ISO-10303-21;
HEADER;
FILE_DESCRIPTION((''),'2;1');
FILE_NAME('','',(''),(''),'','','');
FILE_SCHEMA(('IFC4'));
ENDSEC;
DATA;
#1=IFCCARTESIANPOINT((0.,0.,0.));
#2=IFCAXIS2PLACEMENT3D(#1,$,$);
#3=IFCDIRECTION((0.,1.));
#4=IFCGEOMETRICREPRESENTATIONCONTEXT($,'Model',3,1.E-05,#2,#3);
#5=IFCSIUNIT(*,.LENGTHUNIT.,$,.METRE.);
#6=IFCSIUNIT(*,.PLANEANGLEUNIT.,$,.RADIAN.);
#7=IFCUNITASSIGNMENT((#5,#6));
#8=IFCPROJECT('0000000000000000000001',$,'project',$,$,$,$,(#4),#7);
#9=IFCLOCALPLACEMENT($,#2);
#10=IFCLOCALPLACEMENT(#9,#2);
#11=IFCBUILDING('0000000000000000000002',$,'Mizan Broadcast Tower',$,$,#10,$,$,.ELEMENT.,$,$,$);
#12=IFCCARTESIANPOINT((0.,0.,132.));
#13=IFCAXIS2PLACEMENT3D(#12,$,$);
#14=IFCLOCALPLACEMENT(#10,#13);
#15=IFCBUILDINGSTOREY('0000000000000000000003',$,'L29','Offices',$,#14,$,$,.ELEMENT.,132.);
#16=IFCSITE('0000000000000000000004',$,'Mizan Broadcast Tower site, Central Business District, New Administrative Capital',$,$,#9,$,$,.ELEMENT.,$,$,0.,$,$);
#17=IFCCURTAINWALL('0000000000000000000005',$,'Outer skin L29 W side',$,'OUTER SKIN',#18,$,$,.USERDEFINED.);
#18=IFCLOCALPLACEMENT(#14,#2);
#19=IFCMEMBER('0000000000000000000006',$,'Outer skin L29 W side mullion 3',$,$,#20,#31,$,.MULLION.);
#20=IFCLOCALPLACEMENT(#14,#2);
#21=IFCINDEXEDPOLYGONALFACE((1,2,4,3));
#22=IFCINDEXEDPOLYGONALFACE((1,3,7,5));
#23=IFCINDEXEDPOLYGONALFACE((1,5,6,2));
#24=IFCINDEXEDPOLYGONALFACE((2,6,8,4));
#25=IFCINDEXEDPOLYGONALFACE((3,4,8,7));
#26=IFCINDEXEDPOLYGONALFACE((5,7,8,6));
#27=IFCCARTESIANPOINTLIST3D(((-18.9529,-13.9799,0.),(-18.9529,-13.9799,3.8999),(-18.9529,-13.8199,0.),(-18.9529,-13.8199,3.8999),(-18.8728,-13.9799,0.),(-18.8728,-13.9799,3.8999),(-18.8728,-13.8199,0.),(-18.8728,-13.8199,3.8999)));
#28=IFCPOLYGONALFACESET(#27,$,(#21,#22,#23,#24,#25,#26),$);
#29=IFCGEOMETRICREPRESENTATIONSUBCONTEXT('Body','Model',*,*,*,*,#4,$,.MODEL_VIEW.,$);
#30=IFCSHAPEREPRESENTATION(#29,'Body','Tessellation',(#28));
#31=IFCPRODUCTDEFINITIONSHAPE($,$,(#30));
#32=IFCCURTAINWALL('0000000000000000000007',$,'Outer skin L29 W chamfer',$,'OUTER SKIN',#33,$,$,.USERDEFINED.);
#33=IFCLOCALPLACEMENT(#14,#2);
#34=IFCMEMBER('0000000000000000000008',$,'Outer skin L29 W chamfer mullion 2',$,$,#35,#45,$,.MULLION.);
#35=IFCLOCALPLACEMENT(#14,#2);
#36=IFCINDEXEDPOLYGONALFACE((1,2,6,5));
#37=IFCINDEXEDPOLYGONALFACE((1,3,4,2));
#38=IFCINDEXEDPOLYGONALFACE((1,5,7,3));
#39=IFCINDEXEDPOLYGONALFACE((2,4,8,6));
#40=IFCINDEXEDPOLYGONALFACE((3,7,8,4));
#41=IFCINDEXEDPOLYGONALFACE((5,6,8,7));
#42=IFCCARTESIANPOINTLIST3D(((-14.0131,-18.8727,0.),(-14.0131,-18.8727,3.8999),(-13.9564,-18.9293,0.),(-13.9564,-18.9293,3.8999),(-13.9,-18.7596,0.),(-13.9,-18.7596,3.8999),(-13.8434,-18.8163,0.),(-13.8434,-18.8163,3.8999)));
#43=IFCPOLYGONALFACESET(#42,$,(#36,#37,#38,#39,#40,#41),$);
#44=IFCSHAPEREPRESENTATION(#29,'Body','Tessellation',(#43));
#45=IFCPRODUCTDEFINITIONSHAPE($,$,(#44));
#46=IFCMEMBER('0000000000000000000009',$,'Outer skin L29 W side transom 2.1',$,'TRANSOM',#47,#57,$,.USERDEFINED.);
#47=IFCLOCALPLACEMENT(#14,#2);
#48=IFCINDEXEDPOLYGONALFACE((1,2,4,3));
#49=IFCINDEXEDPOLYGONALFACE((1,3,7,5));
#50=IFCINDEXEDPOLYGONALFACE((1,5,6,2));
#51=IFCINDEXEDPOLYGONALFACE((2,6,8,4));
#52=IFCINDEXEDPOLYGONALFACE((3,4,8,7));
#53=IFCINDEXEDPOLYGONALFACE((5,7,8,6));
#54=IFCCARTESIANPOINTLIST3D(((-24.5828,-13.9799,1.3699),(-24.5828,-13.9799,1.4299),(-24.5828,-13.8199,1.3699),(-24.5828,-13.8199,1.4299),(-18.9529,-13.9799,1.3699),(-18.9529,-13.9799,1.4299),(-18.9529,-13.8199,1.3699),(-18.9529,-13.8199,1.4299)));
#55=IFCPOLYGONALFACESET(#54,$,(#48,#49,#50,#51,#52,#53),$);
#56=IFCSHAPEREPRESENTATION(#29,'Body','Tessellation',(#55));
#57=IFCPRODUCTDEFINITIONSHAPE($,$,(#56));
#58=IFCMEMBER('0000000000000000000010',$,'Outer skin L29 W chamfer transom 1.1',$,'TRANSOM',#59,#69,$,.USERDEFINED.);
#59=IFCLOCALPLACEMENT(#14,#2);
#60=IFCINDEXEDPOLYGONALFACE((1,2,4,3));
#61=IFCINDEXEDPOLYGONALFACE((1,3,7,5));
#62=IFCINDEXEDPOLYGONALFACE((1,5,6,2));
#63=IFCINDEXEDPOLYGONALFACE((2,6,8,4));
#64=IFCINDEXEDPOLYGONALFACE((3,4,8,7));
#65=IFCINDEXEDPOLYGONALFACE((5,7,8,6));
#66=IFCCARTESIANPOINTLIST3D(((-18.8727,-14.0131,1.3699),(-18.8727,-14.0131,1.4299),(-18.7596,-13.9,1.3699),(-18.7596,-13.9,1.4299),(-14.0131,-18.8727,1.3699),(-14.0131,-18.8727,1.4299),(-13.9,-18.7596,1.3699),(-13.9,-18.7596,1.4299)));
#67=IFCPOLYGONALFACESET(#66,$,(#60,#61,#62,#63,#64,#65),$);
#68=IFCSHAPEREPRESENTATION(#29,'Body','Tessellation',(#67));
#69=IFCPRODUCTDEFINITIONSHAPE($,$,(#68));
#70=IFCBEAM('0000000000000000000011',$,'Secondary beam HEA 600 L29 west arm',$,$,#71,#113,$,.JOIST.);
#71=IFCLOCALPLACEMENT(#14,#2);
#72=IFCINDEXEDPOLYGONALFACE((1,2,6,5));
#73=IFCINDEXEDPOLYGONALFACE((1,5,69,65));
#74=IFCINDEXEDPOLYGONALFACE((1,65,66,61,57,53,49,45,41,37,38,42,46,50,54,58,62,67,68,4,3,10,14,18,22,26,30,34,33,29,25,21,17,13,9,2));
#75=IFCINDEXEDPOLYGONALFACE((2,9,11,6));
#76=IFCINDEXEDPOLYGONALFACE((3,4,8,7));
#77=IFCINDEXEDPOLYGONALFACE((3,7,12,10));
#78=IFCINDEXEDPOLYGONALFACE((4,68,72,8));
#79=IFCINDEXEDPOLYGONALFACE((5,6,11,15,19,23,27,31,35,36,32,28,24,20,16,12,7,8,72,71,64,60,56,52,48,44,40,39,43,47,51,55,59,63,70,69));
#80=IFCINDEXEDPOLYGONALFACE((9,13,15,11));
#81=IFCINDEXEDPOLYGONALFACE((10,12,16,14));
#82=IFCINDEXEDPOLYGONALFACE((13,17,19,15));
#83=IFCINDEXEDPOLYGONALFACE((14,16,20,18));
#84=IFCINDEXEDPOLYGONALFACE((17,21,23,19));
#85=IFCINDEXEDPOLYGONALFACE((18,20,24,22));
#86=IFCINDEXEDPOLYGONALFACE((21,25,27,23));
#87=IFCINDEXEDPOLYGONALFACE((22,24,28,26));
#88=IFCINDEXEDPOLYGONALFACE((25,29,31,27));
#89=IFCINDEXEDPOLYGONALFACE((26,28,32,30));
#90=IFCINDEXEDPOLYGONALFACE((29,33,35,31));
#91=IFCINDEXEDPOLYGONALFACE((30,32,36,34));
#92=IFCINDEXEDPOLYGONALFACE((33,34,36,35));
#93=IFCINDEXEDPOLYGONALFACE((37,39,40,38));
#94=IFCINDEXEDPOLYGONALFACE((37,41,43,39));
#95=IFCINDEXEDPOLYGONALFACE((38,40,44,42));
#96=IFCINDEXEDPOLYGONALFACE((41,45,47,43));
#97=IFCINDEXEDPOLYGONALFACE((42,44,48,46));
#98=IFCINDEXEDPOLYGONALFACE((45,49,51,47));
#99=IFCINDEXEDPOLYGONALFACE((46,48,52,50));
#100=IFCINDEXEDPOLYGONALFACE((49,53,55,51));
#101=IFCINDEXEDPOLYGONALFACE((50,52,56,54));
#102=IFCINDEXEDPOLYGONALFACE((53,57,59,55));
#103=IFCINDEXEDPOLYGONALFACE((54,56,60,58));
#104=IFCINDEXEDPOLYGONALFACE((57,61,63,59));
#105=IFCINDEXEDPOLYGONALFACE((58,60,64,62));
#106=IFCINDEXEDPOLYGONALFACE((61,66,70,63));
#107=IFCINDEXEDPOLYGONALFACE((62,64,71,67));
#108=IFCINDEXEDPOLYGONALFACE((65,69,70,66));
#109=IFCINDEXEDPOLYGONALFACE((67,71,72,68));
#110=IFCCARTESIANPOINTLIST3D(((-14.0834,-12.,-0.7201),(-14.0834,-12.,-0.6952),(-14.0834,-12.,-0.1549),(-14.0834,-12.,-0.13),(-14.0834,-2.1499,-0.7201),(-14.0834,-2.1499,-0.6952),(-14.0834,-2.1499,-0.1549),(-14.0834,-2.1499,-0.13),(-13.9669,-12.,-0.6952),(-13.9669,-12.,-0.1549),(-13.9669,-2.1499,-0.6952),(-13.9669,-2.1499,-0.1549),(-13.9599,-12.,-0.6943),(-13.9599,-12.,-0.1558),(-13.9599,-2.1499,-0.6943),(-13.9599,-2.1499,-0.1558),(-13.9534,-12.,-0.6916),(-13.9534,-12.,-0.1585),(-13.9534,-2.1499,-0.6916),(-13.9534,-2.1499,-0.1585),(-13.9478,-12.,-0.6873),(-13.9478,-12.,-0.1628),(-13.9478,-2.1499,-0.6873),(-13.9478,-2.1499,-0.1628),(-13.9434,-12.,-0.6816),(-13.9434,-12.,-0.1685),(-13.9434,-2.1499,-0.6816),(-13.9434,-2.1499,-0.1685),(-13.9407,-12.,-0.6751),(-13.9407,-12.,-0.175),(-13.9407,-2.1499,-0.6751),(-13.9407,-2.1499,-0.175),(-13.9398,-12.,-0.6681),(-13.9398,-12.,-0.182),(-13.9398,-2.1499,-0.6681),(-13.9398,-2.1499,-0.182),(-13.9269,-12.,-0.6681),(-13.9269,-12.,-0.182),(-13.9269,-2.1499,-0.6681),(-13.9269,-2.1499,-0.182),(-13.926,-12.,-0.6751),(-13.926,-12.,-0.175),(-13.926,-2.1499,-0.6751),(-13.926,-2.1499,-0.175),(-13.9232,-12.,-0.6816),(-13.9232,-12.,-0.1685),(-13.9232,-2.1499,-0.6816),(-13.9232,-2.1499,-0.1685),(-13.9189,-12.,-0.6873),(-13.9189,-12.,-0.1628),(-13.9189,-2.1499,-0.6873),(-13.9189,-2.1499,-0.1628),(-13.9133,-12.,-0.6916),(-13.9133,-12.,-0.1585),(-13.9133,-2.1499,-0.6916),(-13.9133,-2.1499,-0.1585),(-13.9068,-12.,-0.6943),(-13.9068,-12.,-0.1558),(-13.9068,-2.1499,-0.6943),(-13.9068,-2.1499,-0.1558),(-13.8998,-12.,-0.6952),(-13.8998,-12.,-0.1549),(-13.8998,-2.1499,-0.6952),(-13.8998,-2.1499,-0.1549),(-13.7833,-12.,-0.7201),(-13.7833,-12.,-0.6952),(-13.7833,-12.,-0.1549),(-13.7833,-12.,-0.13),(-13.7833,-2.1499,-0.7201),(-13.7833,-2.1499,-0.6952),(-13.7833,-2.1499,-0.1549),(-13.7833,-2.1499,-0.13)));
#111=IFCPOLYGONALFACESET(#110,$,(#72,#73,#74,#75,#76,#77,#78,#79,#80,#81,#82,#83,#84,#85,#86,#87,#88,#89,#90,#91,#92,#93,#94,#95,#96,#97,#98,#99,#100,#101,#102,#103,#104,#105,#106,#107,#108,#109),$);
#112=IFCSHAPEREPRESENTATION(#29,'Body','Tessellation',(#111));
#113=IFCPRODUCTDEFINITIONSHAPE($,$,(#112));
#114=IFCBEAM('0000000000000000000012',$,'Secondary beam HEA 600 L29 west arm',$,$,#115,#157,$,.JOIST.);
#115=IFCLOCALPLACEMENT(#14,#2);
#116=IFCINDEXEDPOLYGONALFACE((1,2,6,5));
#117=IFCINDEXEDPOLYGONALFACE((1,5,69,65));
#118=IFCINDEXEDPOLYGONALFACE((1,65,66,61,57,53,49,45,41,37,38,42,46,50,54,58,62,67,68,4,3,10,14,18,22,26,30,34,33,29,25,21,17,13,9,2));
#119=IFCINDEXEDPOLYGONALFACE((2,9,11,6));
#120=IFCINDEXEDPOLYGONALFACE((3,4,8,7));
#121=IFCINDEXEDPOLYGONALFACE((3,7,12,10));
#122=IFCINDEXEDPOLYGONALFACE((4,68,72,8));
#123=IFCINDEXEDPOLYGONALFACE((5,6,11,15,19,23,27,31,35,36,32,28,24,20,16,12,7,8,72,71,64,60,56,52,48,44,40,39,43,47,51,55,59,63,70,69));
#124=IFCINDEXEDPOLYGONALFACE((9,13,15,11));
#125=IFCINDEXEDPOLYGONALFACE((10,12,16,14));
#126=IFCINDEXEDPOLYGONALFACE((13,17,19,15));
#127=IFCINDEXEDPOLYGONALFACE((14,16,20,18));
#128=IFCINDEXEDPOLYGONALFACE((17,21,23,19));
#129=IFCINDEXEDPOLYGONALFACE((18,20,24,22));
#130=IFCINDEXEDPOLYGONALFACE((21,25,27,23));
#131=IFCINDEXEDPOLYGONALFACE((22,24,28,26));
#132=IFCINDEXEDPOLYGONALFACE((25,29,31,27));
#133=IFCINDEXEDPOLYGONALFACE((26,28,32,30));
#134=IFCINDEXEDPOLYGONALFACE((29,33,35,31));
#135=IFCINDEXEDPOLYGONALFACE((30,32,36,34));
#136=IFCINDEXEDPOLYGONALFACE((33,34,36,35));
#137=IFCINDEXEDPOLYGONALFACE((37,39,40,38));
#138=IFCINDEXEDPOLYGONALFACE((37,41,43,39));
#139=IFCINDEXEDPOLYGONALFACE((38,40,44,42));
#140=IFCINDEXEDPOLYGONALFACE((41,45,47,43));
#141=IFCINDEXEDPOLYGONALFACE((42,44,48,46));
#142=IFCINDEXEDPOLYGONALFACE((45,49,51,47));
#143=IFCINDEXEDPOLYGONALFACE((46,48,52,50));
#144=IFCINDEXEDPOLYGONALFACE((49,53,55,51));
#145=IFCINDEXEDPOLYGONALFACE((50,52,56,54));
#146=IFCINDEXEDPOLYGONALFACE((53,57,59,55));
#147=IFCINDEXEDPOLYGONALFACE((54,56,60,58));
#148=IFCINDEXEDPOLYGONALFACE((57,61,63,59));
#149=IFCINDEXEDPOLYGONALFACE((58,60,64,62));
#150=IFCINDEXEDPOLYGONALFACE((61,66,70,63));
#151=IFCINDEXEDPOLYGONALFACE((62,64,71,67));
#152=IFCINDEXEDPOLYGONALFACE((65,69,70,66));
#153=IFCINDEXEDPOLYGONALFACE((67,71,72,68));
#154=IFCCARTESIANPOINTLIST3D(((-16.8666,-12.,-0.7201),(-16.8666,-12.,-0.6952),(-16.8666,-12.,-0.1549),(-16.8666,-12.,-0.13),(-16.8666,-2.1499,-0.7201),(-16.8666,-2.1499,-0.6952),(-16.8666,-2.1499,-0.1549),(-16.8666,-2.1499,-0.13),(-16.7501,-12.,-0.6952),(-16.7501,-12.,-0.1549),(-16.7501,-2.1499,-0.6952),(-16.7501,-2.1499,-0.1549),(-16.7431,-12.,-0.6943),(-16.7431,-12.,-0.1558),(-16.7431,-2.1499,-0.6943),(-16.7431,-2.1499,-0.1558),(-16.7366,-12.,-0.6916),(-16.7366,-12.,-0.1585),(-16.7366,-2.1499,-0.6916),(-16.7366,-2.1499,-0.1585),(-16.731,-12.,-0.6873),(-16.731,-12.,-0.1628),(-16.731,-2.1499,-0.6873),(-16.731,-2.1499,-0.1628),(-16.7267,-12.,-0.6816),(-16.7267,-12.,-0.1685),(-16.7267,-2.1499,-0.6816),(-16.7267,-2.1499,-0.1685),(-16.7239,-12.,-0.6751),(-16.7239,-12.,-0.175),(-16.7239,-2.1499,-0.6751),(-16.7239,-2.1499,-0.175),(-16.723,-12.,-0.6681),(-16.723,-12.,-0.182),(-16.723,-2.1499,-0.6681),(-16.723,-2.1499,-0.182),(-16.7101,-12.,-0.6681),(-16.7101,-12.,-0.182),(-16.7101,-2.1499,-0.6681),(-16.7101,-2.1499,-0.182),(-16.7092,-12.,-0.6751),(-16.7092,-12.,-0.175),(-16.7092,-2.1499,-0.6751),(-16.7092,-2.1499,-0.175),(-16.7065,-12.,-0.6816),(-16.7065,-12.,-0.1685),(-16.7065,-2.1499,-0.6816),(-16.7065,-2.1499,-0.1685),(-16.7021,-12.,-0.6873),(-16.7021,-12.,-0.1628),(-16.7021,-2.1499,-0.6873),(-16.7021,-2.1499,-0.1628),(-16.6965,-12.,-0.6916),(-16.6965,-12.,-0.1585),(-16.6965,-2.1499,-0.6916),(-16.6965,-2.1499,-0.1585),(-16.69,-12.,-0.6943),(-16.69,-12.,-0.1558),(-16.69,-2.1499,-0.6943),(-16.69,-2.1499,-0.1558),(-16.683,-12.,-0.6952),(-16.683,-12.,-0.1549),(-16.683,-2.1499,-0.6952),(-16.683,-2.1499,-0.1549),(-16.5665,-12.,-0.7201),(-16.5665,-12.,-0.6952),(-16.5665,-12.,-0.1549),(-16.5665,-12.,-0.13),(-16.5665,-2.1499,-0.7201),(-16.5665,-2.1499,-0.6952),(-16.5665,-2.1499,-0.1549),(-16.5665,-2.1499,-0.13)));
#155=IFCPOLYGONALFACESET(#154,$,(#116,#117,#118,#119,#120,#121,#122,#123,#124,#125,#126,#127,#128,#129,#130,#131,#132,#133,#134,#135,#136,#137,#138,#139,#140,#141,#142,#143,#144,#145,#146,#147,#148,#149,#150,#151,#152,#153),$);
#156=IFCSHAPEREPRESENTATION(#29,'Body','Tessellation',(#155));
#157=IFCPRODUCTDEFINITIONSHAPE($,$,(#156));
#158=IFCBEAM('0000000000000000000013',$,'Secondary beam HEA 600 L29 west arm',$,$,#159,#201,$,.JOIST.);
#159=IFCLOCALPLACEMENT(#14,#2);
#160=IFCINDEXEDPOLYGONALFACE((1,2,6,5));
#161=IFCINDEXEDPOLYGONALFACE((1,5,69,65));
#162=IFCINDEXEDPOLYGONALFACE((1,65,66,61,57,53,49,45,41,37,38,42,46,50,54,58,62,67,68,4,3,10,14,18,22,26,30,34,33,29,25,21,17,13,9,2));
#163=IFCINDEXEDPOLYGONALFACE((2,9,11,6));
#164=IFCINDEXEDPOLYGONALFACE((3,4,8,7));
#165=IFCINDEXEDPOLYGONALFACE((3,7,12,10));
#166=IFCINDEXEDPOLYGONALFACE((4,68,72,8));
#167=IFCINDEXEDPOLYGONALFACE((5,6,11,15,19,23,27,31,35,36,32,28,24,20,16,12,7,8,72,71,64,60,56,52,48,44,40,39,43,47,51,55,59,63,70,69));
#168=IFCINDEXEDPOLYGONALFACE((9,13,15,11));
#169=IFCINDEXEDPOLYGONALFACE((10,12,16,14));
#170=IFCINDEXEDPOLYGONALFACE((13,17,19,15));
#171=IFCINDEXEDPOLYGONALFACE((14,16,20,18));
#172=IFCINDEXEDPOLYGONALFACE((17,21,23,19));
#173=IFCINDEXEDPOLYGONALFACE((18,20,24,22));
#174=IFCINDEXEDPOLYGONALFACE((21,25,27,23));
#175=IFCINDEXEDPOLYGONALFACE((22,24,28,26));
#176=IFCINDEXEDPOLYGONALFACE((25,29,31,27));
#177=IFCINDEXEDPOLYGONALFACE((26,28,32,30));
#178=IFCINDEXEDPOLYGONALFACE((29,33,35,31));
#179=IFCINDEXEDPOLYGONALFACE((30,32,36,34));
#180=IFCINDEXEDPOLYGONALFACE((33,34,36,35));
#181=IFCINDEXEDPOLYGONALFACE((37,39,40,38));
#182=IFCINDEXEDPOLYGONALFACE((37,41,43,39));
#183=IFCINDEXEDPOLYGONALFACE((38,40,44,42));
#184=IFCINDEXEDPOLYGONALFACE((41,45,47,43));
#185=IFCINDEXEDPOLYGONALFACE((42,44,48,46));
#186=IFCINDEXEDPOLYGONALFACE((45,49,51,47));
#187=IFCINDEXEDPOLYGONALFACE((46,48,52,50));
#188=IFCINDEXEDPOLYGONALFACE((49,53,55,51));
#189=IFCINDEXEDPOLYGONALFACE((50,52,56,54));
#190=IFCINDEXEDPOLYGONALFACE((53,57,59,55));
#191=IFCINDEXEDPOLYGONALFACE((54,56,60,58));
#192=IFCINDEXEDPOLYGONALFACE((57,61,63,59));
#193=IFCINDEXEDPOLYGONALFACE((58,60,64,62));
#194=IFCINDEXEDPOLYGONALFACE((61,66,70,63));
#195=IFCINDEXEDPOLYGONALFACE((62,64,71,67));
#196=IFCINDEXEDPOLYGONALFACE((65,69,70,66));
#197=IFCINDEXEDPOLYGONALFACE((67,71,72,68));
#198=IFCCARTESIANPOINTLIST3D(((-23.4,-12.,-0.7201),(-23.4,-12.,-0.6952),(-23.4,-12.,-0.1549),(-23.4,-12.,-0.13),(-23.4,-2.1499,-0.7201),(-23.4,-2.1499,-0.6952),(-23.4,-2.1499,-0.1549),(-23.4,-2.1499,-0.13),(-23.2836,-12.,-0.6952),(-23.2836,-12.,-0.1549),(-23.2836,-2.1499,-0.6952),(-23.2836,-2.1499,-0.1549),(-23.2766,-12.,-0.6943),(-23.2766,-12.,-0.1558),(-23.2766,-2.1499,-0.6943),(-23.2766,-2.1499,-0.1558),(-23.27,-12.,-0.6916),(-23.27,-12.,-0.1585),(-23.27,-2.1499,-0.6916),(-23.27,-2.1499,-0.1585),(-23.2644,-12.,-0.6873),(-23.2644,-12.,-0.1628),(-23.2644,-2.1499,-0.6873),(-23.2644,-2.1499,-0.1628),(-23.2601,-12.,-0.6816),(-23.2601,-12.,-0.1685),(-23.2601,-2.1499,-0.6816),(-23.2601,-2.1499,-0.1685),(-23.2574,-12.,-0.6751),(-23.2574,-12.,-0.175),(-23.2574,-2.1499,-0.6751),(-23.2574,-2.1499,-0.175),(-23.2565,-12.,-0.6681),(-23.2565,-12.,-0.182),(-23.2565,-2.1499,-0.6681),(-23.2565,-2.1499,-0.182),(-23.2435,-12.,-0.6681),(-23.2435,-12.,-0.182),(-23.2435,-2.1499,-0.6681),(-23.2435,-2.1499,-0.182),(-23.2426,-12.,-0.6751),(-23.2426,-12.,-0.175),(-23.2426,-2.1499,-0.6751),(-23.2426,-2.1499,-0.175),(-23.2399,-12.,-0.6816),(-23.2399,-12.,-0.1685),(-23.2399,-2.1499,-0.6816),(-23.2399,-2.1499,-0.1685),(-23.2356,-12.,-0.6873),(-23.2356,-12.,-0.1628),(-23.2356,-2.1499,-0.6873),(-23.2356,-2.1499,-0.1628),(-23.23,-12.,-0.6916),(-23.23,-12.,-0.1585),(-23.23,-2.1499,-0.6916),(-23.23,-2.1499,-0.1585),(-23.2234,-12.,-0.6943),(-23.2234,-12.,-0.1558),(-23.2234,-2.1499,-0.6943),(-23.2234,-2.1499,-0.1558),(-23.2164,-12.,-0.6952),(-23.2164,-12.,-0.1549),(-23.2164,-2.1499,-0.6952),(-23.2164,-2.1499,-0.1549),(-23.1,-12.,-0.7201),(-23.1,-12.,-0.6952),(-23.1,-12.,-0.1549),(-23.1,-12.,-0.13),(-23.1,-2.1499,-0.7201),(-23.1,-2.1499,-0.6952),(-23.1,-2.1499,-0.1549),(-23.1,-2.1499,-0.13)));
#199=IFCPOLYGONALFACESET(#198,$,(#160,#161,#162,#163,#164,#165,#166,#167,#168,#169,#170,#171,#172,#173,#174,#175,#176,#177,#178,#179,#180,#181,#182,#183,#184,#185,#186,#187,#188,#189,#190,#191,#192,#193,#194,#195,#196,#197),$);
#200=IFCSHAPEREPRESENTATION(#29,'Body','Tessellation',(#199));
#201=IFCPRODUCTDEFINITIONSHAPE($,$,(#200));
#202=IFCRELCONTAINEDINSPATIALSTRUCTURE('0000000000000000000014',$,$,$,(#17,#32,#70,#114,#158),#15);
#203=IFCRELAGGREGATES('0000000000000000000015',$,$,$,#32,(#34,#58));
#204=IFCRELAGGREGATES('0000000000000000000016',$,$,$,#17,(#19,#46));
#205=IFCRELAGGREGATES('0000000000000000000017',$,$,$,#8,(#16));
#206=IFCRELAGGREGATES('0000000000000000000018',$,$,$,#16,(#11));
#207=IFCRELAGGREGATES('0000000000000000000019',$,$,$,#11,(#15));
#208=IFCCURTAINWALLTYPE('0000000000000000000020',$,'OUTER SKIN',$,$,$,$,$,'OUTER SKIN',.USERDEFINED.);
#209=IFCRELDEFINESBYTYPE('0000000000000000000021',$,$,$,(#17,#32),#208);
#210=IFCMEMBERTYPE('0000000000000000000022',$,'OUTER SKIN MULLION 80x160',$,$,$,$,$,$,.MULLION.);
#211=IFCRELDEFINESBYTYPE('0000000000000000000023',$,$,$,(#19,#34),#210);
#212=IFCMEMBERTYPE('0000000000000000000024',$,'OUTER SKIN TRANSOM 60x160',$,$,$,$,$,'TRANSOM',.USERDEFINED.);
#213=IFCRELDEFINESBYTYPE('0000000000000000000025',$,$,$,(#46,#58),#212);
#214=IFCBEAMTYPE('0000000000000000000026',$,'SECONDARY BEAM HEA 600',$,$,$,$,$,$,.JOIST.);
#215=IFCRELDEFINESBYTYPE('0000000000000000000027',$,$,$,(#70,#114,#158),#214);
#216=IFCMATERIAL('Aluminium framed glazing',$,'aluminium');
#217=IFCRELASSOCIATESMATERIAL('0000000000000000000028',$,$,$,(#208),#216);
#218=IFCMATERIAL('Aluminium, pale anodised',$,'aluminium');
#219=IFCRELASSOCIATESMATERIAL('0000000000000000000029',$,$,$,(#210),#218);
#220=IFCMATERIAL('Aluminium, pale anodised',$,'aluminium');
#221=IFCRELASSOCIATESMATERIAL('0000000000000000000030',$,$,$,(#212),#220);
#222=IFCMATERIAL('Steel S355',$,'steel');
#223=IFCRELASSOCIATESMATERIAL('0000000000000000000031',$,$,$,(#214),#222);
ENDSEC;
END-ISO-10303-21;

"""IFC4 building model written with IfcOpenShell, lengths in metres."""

from ifc_helpers import new_model, si_unit, direction, frame, origin, origin_2d, place, context, subcontext, project, spatial, rectangle, i_section, extrude, material, material_profile, profile_set, type_object, element, aggregate, save


model = new_model("IFC4")

# Units and contexts
model_context = context("Model", 3, precision=1e-05, world=origin(), true_north=direction((0.0, 1.0)))
body_context = subcontext(model_context, "Body", "Model", "MODEL_VIEW")
ifc_project = project(units=[si_unit("LENGTHUNIT", "METRE"), si_unit("PLANEANGLEUNIT", "RADIAN")], contexts=[model_context])

# Site, building, storey
site_placement = place(None, origin())
site = spatial("IfcSite", under=ifc_project, at=site_placement, Name="Mizan Broadcast Tower site, Central Business District, New Administrative Capital", CompositionType="ELEMENT", RefElevation=0.0)
building_placement = place(site_placement, origin())
building = spatial("IfcBuilding", under=site, at=building_placement, Name="Mizan Broadcast Tower", CompositionType="ELEMENT")
storey_placement = place(building_placement, frame((0.0, 0.0, 132.0)))
storey = spatial("IfcBuildingStorey", under=building, at=storey_placement, Name="L29", Description="Offices", CompositionType="ELEMENT", Elevation=132.0)

# Curtain wall, member
ifc_material_1 = material(Name="Aluminium framed glazing", Category="aluminium")
curtain_wall_type_1 = type_object("IfcCurtainWallType", Name="OUTER SKIN", ElementType="OUTER SKIN", PredefinedType="USERDEFINED", material=ifc_material_1)
curtain_wall_1_placement = place(storey_placement, origin())
curtain_wall_1 = element("IfcCurtainWall", 1, at=curtain_wall_1_placement, inside=storey, type_object=curtain_wall_type_1, Name="Outer skin L29 W side", ObjectType="OUTER SKIN", PredefinedType="USERDEFINED")
ifc_material_2 = material(Name="Aluminium, pale anodised", Category="aluminium")
ifc_material_profile_1 = material_profile(ifc_material_2, rectangle(XDim=0.1599, YDim=0.0801, at=origin_2d()), Name="MULLION 160x80")
ifc_profile_set_1 = profile_set([ifc_material_profile_1], Name="Aluminium, pale anodised")
member_type_1 = type_object("IfcMemberType", Name="OUTER SKIN MULLION 80x160", PredefinedType="MULLION", material=ifc_profile_set_1)
member_1_placement = place(storey_placement, frame((-18.9128, -13.8999, 0.0), z_axis=(0.0, 0.0, 1.0), x_axis=(0.0, 1.0, 0.0)))
member_1 = element("IfcMember", 2, at=member_1_placement, type_object=member_type_1, Name="Outer skin L29 W side mullion 3", PredefinedType="MULLION", context=body_context, shape_type="SweptSolid", body=[
    extrude(rectangle(XDim=0.1599, YDim=0.0801, at=origin_2d()), origin(), (0.0, 0.0, 1.0), 3.8999),
])

# Curtain wall, member
curtain_wall_2_placement = place(storey_placement, origin())
curtain_wall_2 = element("IfcCurtainWall", 3, at=curtain_wall_2_placement, inside=storey, type_object=curtain_wall_type_1, Name="Outer skin L29 W chamfer", ObjectType="OUTER SKIN", PredefinedType="USERDEFINED")
member_2_placement = place(storey_placement, frame((-13.9282, -18.8445, 0.0), z_axis=(0.0, 0.0, 1.0), x_axis=(0.707107, 0.707107, 0.0)))
member_2 = element("IfcMember", 4, at=member_2_placement, type_object=member_type_1, Name="Outer skin L29 W chamfer mullion 2", PredefinedType="MULLION", context=body_context, shape_type="SweptSolid", body=[
    extrude(rectangle(XDim=0.1599, YDim=0.0801, at=origin_2d()), origin(), (0.0, 0.0, 1.0), 3.8999),
])

# Members
ifc_material_3 = material(Name="Aluminium, pale anodised", Category="aluminium")
ifc_material_profile_2 = material_profile(ifc_material_3, rectangle(XDim=0.1599, YDim=0.0601, at=origin_2d()), Name="TRANSOM 160x60")
ifc_profile_set_2 = profile_set([ifc_material_profile_2], Name="Aluminium, pale anodised")
member_type_2 = type_object("IfcMemberType", Name="OUTER SKIN TRANSOM 60x160", ElementType="TRANSOM", PredefinedType="USERDEFINED", material=ifc_profile_set_2)
member_3_placement = place(storey_placement, frame((-24.5828, -13.8999, 1.3999), z_axis=(1.0, 0.0, 0.0), x_axis=(0.0, 1.0, 0.0)))
member_3 = element("IfcMember", 5, at=member_3_placement, type_object=member_type_2, Name="Outer skin L29 W side transom 2.1", ObjectType="TRANSOM", PredefinedType="USERDEFINED", context=body_context, shape_type="SweptSolid", body=[
    extrude(rectangle(XDim=0.1599, YDim=0.0601, at=origin_2d()), origin(), (0.0, 0.0, 1.0), 5.6299),
])
member_4_placement = place(storey_placement, frame((-18.8162, -13.9565, 1.3999), z_axis=(0.707107, -0.707107, 0.0), x_axis=(0.707107, 0.707107, 0.0)))
member_4 = element("IfcMember", 6, at=member_4_placement, type_object=member_type_2, Name="Outer skin L29 W chamfer transom 1.1", ObjectType="TRANSOM", PredefinedType="USERDEFINED", context=body_context, shape_type="SweptSolid", body=[
    extrude(rectangle(XDim=0.1599, YDim=0.0601, at=origin_2d()), origin(), (0.0, 0.0, 1.0), 6.8726),
])

# Beams
ifc_material_4 = material(Name="Steel S355", Category="steel")
ifc_material_profile_3 = material_profile(ifc_material_4, i_section(OverallWidth=0.3, OverallDepth=0.5901, WebThickness=0.0129, FlangeThickness=0.0249, FilletRadius=0.0271, at=origin_2d()), Name="HEA 600")
ifc_profile_set_3 = profile_set([ifc_material_profile_3], Name="Steel S355")
beam_type_1 = type_object("IfcBeamType", Name="SECONDARY BEAM HEA 600", PredefinedType="JOIST", material=ifc_profile_set_3)
for number, where, z_axis, x_axis, name in (
    (7, (-13.9333, -12.0, -0.425), (0.0, 1.0, 0.0), (-1.0, 0.0, 0.0), "Secondary beam HEA 600 L29 west arm"),
    (8, (-16.7166, -12.0, -0.425), (0.0, 1.0, 0.0), (-1.0, 0.0, 0.0), "Secondary beam HEA 600 L29 west arm"),
    (9, (-23.25, -12.0, -0.425), (0.0, 1.0, 0.0), (-1.0, 0.0, 0.0), "Secondary beam HEA 600 L29 west arm"),
):
    element("IfcBeam", number, at=place(storey_placement, frame(where, z_axis=z_axis, x_axis=x_axis)), inside=storey, type_object=beam_type_1, Name=name, PredefinedType="JOIST", context=body_context, shape_type="SweptSolid", body=[
        extrude(i_section(OverallWidth=0.3, OverallDepth=0.5901, WebThickness=0.0129, FlangeThickness=0.0249, FilletRadius=0.0271, at=origin_2d()), origin(), (0.0, 0.0, 1.0), 9.8501),
    ])

aggregate(curtain_wall_2, [member_2, member_4])
aggregate(curtain_wall_1, [member_1, member_3])

save(model, "model.ifc")
